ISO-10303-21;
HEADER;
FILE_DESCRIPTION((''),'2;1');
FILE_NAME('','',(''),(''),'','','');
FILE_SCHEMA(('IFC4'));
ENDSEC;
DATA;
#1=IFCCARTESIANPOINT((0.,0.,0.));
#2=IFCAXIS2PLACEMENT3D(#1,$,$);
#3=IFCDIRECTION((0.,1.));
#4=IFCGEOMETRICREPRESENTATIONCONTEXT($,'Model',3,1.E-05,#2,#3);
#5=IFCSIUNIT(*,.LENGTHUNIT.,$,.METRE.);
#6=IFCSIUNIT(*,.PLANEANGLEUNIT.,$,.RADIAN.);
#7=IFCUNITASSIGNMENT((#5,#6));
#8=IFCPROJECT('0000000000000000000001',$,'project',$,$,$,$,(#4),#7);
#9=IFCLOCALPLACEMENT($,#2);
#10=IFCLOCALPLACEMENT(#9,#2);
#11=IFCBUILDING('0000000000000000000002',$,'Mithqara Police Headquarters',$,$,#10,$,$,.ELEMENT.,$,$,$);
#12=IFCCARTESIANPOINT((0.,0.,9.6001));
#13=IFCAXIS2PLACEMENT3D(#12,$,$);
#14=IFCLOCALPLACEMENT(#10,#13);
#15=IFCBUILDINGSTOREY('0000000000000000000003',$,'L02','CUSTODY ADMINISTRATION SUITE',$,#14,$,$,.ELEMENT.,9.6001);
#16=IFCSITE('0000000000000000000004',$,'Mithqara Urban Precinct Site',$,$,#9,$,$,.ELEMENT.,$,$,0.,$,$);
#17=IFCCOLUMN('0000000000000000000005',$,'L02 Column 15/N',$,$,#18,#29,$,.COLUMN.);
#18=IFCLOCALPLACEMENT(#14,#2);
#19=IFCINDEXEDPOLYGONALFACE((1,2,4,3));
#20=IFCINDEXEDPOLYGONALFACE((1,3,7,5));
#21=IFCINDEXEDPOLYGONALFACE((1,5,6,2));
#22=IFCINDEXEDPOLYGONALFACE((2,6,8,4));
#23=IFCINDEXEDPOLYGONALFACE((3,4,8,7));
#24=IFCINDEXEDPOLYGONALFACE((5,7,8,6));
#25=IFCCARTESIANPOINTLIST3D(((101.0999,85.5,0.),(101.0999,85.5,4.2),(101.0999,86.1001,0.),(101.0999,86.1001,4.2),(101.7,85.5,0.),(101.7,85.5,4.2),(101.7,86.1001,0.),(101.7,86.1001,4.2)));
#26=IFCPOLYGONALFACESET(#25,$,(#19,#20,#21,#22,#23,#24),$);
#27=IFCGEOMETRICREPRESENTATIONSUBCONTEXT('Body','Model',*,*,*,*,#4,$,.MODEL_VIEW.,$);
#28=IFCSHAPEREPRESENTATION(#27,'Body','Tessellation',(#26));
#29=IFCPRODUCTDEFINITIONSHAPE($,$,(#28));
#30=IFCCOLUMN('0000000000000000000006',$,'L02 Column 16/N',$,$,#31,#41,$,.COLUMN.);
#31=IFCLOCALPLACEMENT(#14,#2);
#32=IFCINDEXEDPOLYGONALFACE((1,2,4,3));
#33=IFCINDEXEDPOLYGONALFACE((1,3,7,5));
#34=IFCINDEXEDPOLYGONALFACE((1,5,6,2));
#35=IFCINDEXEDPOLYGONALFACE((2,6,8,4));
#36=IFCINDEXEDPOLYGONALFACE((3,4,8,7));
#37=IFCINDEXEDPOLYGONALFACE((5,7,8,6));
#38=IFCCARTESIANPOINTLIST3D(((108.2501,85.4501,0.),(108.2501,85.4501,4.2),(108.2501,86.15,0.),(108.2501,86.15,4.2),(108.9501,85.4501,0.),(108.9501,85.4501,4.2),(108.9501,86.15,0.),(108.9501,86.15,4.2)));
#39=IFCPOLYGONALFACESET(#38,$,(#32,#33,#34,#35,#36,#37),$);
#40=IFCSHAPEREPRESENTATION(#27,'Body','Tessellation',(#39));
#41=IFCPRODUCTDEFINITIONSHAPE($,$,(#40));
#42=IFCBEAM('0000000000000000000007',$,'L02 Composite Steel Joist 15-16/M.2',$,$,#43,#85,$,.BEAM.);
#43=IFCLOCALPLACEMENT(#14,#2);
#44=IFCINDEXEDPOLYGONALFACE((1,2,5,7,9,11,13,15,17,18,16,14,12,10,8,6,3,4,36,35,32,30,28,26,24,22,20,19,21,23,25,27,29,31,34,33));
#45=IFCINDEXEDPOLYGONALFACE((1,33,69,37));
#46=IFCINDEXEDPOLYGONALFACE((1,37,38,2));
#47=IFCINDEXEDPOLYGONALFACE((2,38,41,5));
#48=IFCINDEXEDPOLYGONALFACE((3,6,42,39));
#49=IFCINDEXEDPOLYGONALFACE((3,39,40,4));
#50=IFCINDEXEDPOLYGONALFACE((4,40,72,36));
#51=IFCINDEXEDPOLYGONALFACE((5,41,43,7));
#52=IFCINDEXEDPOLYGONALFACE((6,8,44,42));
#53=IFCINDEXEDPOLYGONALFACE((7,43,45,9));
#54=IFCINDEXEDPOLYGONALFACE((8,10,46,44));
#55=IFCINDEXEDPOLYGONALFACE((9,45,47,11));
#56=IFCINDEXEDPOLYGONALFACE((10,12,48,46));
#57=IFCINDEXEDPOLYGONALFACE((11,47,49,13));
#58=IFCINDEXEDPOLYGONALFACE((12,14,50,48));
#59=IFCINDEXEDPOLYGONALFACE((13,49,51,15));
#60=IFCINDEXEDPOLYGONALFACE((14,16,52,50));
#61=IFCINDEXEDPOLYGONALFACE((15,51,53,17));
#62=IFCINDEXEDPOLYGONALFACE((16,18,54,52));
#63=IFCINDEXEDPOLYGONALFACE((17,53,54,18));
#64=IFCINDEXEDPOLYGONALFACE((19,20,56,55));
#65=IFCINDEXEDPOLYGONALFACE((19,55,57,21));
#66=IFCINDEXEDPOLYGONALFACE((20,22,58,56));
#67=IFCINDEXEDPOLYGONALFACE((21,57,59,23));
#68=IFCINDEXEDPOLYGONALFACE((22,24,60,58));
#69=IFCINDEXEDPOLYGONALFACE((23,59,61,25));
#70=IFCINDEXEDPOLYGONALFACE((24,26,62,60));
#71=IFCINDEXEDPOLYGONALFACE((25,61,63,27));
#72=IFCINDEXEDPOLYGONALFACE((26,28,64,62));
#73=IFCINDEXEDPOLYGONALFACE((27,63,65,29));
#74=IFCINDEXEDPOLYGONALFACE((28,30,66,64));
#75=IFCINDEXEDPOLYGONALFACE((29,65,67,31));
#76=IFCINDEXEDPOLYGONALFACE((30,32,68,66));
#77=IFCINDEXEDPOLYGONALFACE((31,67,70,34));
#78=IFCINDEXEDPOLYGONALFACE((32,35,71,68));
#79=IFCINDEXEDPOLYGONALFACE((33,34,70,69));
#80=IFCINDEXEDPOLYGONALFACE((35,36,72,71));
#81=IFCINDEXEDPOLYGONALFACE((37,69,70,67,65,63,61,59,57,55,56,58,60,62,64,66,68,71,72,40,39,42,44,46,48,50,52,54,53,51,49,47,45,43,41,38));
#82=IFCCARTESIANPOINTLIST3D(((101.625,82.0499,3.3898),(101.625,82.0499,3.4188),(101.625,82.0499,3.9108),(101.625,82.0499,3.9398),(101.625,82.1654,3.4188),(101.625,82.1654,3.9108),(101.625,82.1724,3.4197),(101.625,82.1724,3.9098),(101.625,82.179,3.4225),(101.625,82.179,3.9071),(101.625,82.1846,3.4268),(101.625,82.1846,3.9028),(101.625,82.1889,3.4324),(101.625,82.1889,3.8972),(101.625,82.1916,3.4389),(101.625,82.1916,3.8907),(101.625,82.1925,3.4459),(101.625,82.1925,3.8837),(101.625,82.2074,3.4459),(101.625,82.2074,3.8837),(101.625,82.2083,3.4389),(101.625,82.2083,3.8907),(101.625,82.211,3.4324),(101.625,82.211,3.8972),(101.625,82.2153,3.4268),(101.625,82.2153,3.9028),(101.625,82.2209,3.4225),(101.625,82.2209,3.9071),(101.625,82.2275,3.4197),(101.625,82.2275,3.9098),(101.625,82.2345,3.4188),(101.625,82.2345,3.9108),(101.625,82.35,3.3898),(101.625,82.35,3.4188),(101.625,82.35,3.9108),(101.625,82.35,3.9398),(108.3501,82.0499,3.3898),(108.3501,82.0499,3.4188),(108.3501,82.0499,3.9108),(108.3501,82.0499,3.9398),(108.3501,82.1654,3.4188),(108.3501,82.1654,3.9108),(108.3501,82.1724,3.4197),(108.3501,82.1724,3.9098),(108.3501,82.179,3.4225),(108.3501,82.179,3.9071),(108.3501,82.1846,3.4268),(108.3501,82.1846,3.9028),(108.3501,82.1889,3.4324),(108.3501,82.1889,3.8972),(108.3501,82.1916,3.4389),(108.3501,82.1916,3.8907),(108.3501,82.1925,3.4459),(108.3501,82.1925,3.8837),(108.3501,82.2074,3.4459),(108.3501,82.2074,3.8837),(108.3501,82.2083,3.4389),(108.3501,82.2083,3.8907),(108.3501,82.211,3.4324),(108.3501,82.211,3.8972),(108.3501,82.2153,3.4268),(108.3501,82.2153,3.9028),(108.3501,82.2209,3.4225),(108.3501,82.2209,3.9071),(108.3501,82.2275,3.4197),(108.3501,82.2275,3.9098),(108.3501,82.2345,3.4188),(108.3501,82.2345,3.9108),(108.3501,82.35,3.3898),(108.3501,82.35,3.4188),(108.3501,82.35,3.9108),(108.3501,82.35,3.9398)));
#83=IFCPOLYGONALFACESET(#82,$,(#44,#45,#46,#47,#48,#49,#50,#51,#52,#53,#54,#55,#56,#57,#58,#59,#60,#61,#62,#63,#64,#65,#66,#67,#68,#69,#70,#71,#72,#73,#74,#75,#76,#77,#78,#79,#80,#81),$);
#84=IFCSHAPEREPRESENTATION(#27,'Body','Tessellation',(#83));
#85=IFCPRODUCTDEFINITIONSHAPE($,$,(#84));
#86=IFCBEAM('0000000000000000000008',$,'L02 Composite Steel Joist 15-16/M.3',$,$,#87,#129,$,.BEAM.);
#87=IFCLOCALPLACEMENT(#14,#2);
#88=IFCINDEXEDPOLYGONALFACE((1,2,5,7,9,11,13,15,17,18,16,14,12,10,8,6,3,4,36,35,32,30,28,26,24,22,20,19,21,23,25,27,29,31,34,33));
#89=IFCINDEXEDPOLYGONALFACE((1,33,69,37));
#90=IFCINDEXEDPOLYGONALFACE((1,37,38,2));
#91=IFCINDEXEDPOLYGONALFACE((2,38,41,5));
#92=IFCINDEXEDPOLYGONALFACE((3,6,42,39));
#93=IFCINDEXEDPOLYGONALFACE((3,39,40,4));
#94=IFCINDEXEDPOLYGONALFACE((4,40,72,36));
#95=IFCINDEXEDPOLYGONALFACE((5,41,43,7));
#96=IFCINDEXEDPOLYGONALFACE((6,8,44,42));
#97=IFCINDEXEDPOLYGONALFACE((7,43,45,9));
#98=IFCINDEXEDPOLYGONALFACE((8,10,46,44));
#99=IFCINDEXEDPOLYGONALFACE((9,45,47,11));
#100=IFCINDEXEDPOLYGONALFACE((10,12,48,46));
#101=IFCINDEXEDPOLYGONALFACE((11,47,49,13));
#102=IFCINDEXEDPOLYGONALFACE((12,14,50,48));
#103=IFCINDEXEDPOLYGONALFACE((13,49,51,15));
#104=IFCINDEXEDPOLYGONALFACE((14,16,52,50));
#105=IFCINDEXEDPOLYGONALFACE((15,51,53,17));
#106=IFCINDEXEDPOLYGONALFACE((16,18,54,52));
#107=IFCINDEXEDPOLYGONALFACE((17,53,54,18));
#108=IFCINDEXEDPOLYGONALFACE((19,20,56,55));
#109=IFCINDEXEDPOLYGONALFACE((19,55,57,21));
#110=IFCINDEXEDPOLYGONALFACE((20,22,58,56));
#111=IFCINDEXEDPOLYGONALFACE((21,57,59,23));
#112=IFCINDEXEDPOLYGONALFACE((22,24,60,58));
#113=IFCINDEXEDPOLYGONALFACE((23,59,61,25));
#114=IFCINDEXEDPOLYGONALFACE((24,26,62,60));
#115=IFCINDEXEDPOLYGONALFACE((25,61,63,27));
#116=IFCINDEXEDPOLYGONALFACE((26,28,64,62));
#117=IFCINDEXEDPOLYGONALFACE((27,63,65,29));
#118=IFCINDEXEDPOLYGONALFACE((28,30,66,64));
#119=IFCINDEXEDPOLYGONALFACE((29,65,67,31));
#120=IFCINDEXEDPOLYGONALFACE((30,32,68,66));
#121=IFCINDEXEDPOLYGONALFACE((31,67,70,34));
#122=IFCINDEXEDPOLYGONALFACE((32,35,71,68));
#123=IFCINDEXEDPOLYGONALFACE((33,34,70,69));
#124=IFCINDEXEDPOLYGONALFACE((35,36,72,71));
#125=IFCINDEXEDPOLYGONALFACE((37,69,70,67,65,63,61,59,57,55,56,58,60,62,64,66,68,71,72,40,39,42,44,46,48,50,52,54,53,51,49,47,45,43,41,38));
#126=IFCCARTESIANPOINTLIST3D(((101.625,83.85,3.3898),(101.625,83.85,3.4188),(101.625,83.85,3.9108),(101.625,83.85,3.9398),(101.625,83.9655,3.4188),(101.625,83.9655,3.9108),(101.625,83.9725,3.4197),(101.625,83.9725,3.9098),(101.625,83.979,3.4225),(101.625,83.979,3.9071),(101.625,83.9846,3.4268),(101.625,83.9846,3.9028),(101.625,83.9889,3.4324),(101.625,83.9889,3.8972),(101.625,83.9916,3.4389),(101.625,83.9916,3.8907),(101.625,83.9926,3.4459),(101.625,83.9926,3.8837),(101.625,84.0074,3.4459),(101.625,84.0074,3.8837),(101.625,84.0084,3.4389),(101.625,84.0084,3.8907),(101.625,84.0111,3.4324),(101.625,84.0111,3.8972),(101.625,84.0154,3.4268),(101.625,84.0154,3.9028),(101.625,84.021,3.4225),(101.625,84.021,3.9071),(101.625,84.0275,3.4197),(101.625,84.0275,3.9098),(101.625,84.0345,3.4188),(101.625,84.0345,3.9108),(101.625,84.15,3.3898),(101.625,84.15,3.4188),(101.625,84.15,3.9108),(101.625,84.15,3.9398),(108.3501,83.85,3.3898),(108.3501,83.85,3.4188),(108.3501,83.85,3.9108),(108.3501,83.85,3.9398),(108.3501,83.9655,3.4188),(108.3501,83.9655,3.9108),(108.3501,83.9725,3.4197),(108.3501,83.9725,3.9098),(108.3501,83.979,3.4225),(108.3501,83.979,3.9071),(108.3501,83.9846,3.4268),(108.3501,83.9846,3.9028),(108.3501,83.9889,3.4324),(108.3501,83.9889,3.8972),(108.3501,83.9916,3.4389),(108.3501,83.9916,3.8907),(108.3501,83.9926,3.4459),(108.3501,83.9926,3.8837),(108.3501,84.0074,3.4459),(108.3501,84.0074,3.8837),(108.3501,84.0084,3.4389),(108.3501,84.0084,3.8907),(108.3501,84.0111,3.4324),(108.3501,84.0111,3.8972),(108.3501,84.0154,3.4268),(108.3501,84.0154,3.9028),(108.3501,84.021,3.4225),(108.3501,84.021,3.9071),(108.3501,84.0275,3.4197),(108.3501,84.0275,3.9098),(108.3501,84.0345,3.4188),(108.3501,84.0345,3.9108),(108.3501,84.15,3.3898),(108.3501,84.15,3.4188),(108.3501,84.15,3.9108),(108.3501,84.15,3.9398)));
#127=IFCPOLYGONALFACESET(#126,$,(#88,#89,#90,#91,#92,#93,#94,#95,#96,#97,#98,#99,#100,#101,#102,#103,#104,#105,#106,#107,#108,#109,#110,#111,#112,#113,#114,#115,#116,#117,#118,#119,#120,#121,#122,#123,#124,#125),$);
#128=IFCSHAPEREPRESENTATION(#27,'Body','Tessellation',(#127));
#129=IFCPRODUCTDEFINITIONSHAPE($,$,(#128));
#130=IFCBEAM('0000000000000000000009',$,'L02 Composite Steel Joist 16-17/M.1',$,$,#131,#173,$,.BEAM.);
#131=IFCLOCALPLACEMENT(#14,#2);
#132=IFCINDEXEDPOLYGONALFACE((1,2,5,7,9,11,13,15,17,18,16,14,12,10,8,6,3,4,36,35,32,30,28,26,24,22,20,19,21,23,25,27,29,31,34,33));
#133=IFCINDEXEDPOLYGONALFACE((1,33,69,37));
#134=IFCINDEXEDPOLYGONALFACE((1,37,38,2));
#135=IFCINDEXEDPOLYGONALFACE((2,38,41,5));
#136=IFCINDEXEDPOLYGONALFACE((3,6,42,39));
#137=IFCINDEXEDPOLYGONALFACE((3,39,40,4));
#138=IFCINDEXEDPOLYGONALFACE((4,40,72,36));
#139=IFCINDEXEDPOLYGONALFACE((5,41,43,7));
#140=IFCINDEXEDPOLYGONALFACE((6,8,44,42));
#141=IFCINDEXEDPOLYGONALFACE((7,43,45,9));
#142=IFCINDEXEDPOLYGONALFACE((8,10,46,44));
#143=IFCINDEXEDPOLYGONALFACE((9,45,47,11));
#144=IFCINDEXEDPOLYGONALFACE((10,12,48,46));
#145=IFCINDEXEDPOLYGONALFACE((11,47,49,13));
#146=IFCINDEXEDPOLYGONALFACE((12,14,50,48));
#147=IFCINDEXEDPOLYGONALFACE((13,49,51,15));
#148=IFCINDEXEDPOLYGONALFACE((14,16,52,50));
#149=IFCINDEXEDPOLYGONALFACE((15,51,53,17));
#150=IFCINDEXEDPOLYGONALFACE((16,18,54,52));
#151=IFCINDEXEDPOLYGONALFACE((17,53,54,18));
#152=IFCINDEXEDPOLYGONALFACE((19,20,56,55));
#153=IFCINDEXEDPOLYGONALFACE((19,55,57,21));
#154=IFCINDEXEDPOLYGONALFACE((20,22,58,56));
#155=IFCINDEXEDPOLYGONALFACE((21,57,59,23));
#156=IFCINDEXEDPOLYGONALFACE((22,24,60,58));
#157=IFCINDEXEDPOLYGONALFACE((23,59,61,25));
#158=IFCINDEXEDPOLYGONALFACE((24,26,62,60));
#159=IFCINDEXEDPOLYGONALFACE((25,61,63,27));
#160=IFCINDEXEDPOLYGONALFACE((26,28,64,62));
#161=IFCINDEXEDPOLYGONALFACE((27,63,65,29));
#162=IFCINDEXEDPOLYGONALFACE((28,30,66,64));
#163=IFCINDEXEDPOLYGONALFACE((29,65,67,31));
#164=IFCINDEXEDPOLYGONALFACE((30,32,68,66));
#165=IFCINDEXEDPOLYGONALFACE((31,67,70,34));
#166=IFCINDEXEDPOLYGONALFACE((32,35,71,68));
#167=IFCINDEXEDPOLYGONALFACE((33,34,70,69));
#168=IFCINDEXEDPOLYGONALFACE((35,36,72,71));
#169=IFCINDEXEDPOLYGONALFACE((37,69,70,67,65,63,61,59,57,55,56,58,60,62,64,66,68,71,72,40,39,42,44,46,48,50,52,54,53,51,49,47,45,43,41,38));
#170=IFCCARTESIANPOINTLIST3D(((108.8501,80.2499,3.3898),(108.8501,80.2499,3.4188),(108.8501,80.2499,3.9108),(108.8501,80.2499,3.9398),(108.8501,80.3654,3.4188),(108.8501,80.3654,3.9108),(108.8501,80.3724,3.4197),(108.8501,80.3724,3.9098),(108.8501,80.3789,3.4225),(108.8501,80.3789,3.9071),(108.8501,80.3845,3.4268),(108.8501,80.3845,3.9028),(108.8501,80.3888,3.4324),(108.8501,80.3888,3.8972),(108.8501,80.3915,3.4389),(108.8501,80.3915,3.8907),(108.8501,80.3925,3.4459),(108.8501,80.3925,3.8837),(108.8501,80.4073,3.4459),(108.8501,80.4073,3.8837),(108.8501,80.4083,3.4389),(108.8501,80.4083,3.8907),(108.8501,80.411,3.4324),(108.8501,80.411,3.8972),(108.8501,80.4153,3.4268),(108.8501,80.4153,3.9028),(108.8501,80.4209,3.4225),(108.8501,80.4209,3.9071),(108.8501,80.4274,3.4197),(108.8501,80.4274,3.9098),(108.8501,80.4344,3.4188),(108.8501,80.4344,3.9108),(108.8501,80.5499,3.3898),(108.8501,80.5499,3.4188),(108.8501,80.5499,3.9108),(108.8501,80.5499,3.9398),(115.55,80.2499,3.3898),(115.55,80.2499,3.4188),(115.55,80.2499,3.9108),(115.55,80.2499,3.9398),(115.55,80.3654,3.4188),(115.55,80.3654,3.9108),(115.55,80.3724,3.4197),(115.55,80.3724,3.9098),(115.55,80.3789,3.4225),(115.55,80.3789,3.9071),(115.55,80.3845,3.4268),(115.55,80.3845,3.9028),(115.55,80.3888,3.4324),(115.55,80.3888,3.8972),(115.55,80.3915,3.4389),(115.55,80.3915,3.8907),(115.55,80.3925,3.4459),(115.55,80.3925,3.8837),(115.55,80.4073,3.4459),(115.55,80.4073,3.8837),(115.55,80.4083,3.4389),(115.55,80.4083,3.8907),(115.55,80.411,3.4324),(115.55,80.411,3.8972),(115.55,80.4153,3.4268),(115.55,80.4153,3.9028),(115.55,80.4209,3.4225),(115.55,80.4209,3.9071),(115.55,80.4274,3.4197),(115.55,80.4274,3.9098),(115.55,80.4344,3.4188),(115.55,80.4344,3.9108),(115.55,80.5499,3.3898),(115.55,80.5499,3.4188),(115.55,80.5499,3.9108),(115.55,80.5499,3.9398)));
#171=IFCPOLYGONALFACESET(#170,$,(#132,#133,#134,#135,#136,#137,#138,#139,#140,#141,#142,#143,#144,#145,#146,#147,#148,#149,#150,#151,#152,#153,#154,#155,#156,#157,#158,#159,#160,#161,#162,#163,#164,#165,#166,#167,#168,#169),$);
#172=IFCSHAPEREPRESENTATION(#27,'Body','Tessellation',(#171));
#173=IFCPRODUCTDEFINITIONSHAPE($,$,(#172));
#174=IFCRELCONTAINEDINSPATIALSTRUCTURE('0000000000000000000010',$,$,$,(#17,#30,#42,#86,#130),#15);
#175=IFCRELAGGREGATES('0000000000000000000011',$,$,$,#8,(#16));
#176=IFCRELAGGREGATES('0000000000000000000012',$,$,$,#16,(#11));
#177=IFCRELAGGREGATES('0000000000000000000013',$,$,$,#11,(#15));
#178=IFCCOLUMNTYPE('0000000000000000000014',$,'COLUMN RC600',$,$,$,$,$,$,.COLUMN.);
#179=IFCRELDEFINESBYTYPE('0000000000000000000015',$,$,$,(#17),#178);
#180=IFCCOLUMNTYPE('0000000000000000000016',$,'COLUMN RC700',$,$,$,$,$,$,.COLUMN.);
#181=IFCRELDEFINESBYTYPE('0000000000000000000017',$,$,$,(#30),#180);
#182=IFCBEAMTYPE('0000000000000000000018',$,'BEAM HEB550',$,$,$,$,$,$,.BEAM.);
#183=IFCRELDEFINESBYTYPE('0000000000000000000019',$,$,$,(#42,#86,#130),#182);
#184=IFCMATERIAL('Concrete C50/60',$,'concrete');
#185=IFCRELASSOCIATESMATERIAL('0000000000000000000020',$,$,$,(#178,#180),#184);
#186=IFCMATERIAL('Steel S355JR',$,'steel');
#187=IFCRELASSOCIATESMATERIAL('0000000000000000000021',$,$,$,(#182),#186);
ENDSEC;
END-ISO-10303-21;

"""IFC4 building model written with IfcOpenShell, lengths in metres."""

from ifc_helpers import new_model, si_unit, direction, frame, origin, origin_2d, place, context, subcontext, project, spatial, rectangle, i_section, extrude, material, material_profile, profile_set, type_object, element, save


model = new_model("IFC4")

# Units and contexts
model_context = context("Model", 3, precision=1e-05, world=origin(), true_north=direction((0.0, 1.0)))
body_context = subcontext(model_context, "Body", "Model", "MODEL_VIEW")
ifc_project = project(units=[si_unit("LENGTHUNIT", "METRE"), si_unit("PLANEANGLEUNIT", "RADIAN")], contexts=[model_context])

# Site, building, storey
site_placement = place(None, origin())
site = spatial("IfcSite", under=ifc_project, at=site_placement, Name="Mithqara Urban Precinct Site", CompositionType="ELEMENT", RefElevation=0.0)
building_placement = place(site_placement, origin())
building = spatial("IfcBuilding", under=site, at=building_placement, Name="Mithqara Police Headquarters", CompositionType="ELEMENT")
storey_placement = place(building_placement, frame((0.0, 0.0, 9.6001)))
storey = spatial("IfcBuildingStorey", under=building, at=storey_placement, Name="L02", Description="CUSTODY ADMINISTRATION SUITE", CompositionType="ELEMENT", Elevation=9.6001)

# Columns
ifc_material_1 = material(Name="Concrete C50/60", Category="concrete")
ifc_material_profile_1 = material_profile(ifc_material_1, rectangle(XDim=0.6001, YDim=0.6001, at=origin_2d()), Name="RC 600x600")
ifc_profile_set_1 = profile_set([ifc_material_profile_1], Name="Concrete C50/60")
column_type_1 = type_object("IfcColumnType", Name="COLUMN RC600", PredefinedType="COLUMN", material=ifc_profile_set_1)
column_1_placement = place(storey_placement, frame((101.3999, 85.8, 0.0), z_axis=(0.0, 0.0, 1.0), x_axis=(1.0, 0.0, 0.0)))
element("IfcColumn", 1, at=column_1_placement, inside=storey, type_object=column_type_1, Name="L02 Column 15/N", PredefinedType="COLUMN", context=body_context, shape_type="SweptSolid", body=[
    extrude(rectangle(XDim=0.6001, YDim=0.6001, at=origin_2d()), origin(), (0.0, 0.0, 1.0), 4.2),
])
ifc_material_profile_2 = material_profile(ifc_material_1, rectangle(XDim=0.7, YDim=0.7, at=origin_2d()), Name="RC 700x700")
ifc_profile_set_2 = profile_set([ifc_material_profile_2], Name="Concrete C50/60")
column_type_2 = type_object("IfcColumnType", Name="COLUMN RC700", PredefinedType="COLUMN", material=ifc_profile_set_2)
column_2_placement = place(storey_placement, frame((108.6001, 85.8, 0.0), z_axis=(0.0, 0.0, 1.0), x_axis=(1.0, 0.0, 0.0)))
element("IfcColumn", 2, at=column_2_placement, inside=storey, type_object=column_type_2, Name="L02 Column 16/N", PredefinedType="COLUMN", context=body_context, shape_type="SweptSolid", body=[
    extrude(rectangle(XDim=0.7, YDim=0.7, at=origin_2d()), origin(), (0.0, 0.0, 1.0), 4.2),
])

# Beams
ifc_material_2 = material(Name="Steel S355JR", Category="steel")
ifc_material_profile_3 = material_profile(ifc_material_2, i_section(OverallWidth=0.3, OverallDepth=0.55, WebThickness=0.0149, FlangeThickness=0.0291, FilletRadius=0.0271, at=origin_2d()), Name="HEB 550")
ifc_profile_set_3 = profile_set([ifc_material_profile_3], Name="Steel S355JR")
beam_type_1 = type_object("IfcBeamType", Name="BEAM HEB550", PredefinedType="BEAM", material=ifc_profile_set_3)
for number, where, z_axis, x_axis, name in (
    (3, (101.625, 82.2, 3.6648), (1.0, 0.0, 0.0), (0.0, 1.0, 0.0), "L02 Composite Steel Joist 15-16/M.2"),
    (4, (101.625, 84.0, 3.6648), (1.0, 0.0, 0.0), (0.0, 1.0, 0.0), "L02 Composite Steel Joist 15-16/M.3"),
):
    element("IfcBeam", number, at=place(storey_placement, frame(where, z_axis=z_axis, x_axis=x_axis)), inside=storey, type_object=beam_type_1, Name=name, PredefinedType="BEAM", context=body_context, shape_type="SweptSolid", body=[
        extrude(i_section(OverallWidth=0.3, OverallDepth=0.55, WebThickness=0.0149, FlangeThickness=0.0291, FilletRadius=0.0271, at=origin_2d()), origin(), (0.0, 0.0, 1.0), 6.7251),
    ])
for number, where, z_axis, x_axis, name in (
    (5, (108.8501, 80.3999, 3.6648), (1.0, 0.0, 0.0), (0.0, 1.0, 0.0), "L02 Composite Steel Joist 16-17/M.1"),
):
    element("IfcBeam", number, at=place(storey_placement, frame(where, z_axis=z_axis, x_axis=x_axis)), inside=storey, type_object=beam_type_1, Name=name, PredefinedType="BEAM", context=body_context, shape_type="SweptSolid", body=[
        extrude(i_section(OverallWidth=0.3, OverallDepth=0.55, WebThickness=0.0149, FlangeThickness=0.0291, FilletRadius=0.0271, at=origin_2d()), origin(), (0.0, 0.0, 1.0), 6.7),
    ])

save(model, "model.ifc")
